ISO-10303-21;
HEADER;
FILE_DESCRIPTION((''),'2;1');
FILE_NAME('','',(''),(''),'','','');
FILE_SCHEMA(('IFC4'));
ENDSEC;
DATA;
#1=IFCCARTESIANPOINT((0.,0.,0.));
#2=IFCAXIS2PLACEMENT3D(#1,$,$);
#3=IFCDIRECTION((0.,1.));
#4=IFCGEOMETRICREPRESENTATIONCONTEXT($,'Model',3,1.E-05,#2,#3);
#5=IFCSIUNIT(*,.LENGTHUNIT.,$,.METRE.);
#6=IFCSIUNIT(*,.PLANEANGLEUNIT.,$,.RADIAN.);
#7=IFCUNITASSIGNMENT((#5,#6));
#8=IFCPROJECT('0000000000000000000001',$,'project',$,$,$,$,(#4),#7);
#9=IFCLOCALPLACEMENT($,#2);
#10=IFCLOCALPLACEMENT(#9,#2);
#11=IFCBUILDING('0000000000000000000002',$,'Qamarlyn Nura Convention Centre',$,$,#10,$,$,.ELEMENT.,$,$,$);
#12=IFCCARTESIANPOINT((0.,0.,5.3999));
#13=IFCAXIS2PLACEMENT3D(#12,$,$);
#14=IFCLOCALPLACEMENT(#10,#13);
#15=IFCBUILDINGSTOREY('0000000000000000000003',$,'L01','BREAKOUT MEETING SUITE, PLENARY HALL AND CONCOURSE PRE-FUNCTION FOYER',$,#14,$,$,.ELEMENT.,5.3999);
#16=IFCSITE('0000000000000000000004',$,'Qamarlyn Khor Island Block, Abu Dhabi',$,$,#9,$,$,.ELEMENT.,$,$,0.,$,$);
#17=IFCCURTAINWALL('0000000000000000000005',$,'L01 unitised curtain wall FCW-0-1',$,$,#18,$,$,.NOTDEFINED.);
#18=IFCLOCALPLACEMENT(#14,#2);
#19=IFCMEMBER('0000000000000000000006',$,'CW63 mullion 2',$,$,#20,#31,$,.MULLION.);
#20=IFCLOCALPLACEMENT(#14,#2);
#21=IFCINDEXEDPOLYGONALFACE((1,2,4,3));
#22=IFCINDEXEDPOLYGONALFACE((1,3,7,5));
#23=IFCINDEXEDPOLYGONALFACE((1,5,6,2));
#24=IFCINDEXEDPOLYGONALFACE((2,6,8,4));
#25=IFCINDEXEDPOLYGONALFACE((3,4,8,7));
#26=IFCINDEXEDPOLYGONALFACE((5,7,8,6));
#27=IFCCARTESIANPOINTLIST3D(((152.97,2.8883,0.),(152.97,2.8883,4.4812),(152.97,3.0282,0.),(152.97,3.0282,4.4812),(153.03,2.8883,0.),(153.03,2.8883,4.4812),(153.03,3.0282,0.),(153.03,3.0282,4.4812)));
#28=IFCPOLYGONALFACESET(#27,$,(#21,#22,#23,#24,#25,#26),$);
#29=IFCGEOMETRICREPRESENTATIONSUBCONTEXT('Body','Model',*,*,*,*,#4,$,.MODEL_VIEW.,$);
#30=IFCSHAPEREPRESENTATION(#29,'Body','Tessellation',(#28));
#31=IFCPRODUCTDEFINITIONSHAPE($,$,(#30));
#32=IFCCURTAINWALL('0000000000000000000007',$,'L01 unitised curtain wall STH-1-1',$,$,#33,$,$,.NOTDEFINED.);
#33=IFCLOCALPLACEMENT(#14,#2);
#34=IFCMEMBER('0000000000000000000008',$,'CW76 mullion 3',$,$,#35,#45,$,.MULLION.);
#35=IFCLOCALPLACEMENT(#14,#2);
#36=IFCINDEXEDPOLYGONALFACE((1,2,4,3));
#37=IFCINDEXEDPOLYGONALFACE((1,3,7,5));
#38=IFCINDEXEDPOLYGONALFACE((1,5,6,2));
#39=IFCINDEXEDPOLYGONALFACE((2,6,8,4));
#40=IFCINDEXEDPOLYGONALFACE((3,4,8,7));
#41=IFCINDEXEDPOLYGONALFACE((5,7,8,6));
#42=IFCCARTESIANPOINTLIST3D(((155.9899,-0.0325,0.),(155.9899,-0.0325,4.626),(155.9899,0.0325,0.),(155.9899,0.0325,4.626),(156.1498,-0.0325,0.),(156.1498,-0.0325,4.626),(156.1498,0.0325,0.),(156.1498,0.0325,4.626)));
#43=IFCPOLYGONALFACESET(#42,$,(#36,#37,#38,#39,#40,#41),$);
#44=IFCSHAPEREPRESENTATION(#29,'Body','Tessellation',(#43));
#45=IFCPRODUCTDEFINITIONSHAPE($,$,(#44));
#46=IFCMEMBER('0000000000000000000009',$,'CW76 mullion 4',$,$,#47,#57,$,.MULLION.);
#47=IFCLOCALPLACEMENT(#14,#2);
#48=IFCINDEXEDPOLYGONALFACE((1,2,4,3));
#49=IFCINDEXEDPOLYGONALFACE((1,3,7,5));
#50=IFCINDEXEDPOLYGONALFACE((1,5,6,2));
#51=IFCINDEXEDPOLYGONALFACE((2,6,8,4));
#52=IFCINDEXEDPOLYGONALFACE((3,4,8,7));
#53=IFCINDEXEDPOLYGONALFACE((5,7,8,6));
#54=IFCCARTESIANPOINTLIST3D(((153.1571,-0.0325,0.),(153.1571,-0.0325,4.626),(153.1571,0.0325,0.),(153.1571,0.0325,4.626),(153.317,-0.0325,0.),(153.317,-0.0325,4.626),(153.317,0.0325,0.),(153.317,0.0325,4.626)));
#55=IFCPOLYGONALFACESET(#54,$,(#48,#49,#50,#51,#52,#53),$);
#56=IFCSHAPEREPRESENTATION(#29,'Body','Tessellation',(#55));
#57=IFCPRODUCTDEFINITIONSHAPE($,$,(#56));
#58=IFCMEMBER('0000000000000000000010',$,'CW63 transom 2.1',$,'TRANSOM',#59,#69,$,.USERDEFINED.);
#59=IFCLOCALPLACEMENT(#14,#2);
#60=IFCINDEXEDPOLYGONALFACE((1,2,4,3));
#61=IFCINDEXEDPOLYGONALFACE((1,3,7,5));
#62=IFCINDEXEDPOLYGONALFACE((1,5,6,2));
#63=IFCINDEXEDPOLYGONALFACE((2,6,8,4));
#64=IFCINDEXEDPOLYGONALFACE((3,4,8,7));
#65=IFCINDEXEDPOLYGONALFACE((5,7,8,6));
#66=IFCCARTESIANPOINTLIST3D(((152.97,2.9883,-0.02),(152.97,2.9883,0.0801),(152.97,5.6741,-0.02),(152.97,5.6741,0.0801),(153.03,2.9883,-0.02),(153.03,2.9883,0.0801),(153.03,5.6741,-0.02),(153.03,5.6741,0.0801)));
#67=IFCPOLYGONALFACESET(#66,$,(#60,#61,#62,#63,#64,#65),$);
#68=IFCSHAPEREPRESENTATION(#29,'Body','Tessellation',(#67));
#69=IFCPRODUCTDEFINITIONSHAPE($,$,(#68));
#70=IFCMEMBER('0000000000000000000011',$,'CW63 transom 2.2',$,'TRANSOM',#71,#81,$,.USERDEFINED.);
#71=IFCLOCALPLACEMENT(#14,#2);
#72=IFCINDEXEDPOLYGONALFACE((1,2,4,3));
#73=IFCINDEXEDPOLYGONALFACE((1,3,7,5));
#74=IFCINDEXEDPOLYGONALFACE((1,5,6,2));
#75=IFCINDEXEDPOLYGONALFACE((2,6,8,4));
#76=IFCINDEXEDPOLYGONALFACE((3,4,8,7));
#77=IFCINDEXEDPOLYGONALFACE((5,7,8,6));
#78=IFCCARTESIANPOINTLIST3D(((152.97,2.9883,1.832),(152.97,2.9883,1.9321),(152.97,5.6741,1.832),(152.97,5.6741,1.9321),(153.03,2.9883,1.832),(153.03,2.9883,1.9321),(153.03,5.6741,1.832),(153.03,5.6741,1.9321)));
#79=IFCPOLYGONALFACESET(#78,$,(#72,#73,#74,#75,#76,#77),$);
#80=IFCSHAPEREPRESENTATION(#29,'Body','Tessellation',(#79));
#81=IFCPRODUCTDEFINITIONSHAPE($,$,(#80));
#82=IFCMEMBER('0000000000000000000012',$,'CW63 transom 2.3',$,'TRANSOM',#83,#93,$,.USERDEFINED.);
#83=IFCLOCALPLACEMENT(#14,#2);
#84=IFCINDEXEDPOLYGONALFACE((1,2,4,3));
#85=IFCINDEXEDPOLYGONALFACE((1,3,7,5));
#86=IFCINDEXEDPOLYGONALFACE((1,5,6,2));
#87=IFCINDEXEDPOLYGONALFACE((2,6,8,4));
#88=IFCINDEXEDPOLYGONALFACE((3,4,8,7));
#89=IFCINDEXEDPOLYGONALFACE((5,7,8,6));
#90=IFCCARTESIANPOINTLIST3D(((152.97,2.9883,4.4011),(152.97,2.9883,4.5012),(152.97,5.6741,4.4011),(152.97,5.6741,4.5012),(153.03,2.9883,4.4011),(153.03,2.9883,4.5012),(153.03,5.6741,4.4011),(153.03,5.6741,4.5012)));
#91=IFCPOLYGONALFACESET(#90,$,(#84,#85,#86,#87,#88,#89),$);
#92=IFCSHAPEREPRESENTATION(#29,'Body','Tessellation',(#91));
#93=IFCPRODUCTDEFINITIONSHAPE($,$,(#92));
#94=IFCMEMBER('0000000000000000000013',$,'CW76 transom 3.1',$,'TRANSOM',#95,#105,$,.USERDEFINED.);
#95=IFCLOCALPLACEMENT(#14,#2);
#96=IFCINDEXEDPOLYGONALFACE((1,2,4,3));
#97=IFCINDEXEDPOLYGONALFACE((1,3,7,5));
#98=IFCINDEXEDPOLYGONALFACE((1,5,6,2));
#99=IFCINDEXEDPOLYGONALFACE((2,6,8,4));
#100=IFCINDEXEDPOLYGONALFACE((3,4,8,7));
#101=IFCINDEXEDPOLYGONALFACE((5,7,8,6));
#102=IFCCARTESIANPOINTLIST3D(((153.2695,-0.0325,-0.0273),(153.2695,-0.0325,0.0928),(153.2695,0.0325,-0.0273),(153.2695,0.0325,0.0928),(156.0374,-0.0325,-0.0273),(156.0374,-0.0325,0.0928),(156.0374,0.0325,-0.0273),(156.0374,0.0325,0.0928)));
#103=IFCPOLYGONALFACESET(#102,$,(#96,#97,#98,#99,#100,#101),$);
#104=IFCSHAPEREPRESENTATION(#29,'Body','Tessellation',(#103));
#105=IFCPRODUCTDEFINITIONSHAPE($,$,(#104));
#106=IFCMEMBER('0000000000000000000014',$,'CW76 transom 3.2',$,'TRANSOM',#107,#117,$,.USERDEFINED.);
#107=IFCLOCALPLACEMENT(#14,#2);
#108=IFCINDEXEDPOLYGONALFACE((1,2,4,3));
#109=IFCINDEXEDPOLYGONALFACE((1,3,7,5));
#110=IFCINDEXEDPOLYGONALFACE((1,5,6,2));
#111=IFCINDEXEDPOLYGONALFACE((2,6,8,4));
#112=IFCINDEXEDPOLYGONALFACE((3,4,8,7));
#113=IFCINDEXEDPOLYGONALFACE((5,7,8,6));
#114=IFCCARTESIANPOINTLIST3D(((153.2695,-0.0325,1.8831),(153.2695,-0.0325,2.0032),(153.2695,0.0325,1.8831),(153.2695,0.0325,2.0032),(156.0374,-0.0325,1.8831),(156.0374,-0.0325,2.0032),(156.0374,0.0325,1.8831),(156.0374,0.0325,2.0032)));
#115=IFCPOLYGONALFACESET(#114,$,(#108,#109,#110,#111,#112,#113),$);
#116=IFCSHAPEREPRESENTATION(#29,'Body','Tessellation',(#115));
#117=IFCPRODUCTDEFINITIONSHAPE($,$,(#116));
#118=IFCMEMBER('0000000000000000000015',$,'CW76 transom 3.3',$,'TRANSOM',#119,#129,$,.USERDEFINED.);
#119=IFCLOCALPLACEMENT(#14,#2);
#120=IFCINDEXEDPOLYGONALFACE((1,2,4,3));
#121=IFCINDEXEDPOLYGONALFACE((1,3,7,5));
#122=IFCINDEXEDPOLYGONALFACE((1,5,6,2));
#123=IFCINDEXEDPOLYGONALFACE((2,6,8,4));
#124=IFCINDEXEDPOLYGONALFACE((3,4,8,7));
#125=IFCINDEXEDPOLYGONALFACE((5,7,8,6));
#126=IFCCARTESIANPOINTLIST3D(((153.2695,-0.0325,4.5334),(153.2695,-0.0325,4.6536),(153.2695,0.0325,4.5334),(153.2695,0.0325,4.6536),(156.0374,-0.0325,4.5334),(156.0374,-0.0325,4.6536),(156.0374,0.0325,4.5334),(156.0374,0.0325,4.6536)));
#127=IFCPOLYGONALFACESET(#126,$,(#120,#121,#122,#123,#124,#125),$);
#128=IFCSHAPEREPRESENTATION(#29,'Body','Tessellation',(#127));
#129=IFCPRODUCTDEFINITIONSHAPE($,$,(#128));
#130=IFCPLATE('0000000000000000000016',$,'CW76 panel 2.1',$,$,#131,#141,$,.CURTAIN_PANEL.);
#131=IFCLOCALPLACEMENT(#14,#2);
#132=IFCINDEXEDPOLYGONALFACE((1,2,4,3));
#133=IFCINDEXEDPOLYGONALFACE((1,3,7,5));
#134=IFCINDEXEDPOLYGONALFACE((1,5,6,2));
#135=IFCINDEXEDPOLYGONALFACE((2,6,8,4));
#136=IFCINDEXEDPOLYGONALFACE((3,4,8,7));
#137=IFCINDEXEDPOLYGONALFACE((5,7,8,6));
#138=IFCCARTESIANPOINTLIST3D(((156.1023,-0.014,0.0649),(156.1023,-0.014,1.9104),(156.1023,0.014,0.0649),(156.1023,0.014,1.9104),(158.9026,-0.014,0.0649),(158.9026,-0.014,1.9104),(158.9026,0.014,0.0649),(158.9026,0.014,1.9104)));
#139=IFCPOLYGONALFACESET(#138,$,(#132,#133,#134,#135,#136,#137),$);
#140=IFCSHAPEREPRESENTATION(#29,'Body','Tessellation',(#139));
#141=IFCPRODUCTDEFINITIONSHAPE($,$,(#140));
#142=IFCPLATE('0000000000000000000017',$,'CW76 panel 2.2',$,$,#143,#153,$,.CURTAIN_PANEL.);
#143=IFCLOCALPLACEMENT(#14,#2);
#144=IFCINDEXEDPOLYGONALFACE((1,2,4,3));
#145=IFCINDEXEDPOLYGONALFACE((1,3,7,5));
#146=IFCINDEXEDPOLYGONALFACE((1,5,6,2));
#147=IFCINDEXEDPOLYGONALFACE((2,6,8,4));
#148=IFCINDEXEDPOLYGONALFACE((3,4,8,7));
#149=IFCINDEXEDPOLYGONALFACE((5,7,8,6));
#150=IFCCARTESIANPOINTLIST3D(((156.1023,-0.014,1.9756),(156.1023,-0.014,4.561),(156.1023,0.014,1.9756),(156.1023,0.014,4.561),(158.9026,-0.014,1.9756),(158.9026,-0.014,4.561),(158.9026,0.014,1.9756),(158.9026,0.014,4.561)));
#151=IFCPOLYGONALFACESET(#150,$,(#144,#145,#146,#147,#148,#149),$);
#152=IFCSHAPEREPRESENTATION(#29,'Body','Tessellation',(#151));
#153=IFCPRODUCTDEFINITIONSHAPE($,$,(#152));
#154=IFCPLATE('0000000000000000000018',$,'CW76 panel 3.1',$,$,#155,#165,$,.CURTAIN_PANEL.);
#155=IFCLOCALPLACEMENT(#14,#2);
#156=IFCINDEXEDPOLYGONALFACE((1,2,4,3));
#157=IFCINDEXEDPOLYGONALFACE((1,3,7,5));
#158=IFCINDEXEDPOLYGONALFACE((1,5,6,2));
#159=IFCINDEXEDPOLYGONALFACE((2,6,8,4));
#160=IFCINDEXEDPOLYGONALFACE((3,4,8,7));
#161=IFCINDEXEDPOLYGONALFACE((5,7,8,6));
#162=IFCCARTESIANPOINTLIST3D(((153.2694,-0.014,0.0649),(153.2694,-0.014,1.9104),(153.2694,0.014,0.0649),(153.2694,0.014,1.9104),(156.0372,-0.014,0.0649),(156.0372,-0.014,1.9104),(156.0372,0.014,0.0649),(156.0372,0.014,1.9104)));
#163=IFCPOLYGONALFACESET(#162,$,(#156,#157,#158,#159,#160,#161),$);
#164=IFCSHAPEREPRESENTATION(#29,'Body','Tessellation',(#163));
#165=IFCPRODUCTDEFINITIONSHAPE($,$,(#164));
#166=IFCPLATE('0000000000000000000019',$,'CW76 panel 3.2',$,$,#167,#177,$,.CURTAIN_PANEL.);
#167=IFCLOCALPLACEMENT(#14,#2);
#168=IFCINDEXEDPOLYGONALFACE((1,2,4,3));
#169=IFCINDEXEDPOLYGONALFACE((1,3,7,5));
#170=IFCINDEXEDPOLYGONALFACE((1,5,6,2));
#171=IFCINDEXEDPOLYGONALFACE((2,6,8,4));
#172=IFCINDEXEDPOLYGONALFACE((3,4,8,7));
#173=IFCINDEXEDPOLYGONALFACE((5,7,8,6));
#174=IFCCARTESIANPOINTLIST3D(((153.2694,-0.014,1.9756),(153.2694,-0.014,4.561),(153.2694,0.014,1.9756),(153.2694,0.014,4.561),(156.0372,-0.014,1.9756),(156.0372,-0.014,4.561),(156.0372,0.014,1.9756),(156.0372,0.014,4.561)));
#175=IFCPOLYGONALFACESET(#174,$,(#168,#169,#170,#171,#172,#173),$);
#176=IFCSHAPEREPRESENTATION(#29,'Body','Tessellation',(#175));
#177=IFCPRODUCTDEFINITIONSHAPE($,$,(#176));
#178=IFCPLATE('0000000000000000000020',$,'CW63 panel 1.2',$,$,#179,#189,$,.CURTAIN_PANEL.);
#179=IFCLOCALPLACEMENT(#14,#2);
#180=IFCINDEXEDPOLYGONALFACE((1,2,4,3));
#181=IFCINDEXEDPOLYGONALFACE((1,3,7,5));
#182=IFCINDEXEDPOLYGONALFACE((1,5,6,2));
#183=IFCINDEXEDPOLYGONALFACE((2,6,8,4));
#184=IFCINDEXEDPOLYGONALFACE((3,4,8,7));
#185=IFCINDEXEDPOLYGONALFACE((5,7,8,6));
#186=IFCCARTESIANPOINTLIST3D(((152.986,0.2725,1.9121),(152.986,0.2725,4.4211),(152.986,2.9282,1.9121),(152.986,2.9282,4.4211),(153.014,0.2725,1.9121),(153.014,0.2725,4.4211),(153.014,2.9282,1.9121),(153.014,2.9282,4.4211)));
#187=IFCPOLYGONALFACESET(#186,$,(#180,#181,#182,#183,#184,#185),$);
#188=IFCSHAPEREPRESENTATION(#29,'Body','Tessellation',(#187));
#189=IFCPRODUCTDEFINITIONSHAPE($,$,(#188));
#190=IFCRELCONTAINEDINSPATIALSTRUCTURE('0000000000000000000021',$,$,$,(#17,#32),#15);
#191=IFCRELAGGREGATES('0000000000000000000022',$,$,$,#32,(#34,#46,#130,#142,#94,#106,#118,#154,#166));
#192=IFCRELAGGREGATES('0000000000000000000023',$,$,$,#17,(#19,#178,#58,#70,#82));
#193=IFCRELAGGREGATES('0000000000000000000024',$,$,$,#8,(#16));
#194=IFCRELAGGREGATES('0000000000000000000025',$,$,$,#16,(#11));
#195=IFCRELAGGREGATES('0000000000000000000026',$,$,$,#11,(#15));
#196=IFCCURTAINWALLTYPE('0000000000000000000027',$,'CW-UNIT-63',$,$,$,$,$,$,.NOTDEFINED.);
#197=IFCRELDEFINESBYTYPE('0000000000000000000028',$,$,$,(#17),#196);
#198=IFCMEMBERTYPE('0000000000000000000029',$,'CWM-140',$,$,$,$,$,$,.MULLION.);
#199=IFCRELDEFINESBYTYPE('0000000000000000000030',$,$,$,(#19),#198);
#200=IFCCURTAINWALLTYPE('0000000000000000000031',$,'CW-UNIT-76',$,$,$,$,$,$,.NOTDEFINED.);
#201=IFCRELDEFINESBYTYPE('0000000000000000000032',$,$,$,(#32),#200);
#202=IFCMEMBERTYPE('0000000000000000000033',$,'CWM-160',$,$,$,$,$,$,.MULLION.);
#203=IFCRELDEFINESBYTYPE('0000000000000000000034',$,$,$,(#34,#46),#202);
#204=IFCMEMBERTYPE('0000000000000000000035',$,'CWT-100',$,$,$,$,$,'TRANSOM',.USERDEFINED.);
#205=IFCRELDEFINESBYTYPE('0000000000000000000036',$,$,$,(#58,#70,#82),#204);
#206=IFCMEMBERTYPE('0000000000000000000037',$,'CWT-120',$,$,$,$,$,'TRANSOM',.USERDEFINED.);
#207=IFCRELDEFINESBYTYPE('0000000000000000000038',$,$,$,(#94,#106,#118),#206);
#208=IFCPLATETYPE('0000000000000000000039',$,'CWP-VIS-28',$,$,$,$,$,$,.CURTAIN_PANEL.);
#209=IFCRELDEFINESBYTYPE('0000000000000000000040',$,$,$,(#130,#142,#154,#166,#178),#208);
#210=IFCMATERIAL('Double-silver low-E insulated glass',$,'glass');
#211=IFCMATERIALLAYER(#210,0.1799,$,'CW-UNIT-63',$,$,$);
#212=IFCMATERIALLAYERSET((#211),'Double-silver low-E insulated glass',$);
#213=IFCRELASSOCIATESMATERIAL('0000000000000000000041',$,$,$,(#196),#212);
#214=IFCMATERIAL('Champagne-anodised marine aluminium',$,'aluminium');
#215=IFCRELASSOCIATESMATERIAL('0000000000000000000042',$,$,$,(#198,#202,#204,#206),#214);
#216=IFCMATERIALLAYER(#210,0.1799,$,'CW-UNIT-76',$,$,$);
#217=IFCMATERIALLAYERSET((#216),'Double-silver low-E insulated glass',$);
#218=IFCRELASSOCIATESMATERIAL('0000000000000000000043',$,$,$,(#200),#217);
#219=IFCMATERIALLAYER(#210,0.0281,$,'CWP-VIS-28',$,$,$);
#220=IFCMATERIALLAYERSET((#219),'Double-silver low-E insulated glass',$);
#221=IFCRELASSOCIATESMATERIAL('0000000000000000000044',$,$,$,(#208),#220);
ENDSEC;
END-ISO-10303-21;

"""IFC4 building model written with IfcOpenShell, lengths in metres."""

from ifc_helpers import new_model, si_unit, direction, frame, origin, origin_2d, place, context, subcontext, project, spatial, rectangle, extrude, material, layer, layer_set, material_profile, profile_set, type_object, element, aggregate, save


model = new_model("IFC4")

# Units and contexts
model_context = context("Model", 3, precision=1e-05, world=origin(), true_north=direction((0.0, 1.0)))
body_context = subcontext(model_context, "Body", "Model", "MODEL_VIEW")
ifc_project = project(units=[si_unit("LENGTHUNIT", "METRE"), si_unit("PLANEANGLEUNIT", "RADIAN")], contexts=[model_context])

# Site, building, storey
site_placement = place(None, origin())
site = spatial("IfcSite", under=ifc_project, at=site_placement, Name="Qamarlyn Khor Island Block, Abu Dhabi", CompositionType="ELEMENT", RefElevation=0.0)
building_placement = place(site_placement, origin())
building = spatial("IfcBuilding", under=site, at=building_placement, Name="Qamarlyn Nura Convention Centre", CompositionType="ELEMENT")
storey_placement = place(building_placement, frame((0.0, 0.0, 5.3999)))
storey = spatial("IfcBuildingStorey", under=building, at=storey_placement, Name="L01", Description="BREAKOUT MEETING SUITE, PLENARY HALL AND CONCOURSE PRE-FUNCTION FOYER", CompositionType="ELEMENT", Elevation=5.3999)

# Curtain wall, member
ifc_material_1 = material(Name="Double-silver low-E insulated glass", Category="glass")
ifc_layer_1 = layer(ifc_material_1, 0.1799, Name="CW-UNIT-63")
ifc_layer_set_1 = layer_set([ifc_layer_1], Name="Double-silver low-E insulated glass")
curtain_wall_type_1 = type_object("IfcCurtainWallType", Name="CW-UNIT-63", PredefinedType="NOTDEFINED", material=ifc_layer_set_1)
curtain_wall_1_placement = place(storey_placement, origin())
curtain_wall_1 = element("IfcCurtainWall", 1, at=curtain_wall_1_placement, inside=storey, type_object=curtain_wall_type_1, Name="L01 unitised curtain wall FCW-0-1", PredefinedType="NOTDEFINED")
ifc_material_2 = material(Name="Champagne-anodised marine aluminium", Category="aluminium")
ifc_material_profile_1 = material_profile(ifc_material_2, rectangle(XDim=0.0601, YDim=0.1399, at=origin_2d()), Name="ALU MULLION 60x140")
ifc_profile_set_1 = profile_set([ifc_material_profile_1], Name="Champagne-anodised marine aluminium")
member_type_1 = type_object("IfcMemberType", Name="CWM-140", PredefinedType="MULLION", material=ifc_profile_set_1)
member_1_placement = place(storey_placement, frame((153.0, 2.9583, 0.0), z_axis=(0.0, 0.0, 1.0), x_axis=(-1.0, 0.0, 0.0)))
member_1 = element("IfcMember", 2, at=member_1_placement, type_object=member_type_1, Name="CW63 mullion 2", PredefinedType="MULLION", context=body_context, shape_type="SweptSolid", body=[
    extrude(rectangle(XDim=0.0601, YDim=0.1399, at=origin_2d()), origin(), (0.0, 0.0, 1.0), 4.4812),
])

# Curtain wall, members
ifc_layer_2 = layer(ifc_material_1, 0.1799, Name="CW-UNIT-76")
ifc_layer_set_2 = layer_set([ifc_layer_2], Name="Double-silver low-E insulated glass")
curtain_wall_type_2 = type_object("IfcCurtainWallType", Name="CW-UNIT-76", PredefinedType="NOTDEFINED", material=ifc_layer_set_2)
curtain_wall_2_placement = place(storey_placement, origin())
curtain_wall_2 = element("IfcCurtainWall", 3, at=curtain_wall_2_placement, inside=storey, type_object=curtain_wall_type_2, Name="L01 unitised curtain wall STH-1-1", PredefinedType="NOTDEFINED")
ifc_material_profile_2 = material_profile(ifc_material_2, rectangle(XDim=0.0649, YDim=0.1599, at=origin_2d()), Name="ALU MULLION 65x160")
ifc_profile_set_2 = profile_set([ifc_material_profile_2], Name="Champagne-anodised marine aluminium")
member_type_2 = type_object("IfcMemberType", Name="CWM-160", PredefinedType="MULLION", material=ifc_profile_set_2)
member_2_placement = place(storey_placement, frame((156.0698, 0.0, 0.0), z_axis=(0.0, 0.0, 1.0), x_axis=(0.0, -1.0, 0.0)))
member_2 = element("IfcMember", 4, at=member_2_placement, type_object=member_type_2, Name="CW76 mullion 3", PredefinedType="MULLION", context=body_context, shape_type="SweptSolid", body=[
    extrude(rectangle(XDim=0.0649, YDim=0.1599, at=origin_2d()), origin(), (0.0, 0.0, 1.0), 4.626),
])
member_3_placement = place(storey_placement, frame((153.2371, 0.0, 0.0), z_axis=(0.0, 0.0, 1.0), x_axis=(0.0, -1.0, 0.0)))
member_3 = element("IfcMember", 5, at=member_3_placement, type_object=member_type_2, Name="CW76 mullion 4", PredefinedType="MULLION", context=body_context, shape_type="SweptSolid", body=[
    extrude(rectangle(XDim=0.0649, YDim=0.1599, at=origin_2d()), origin(), (0.0, 0.0, 1.0), 4.626),
])

# Members
ifc_material_profile_3 = material_profile(ifc_material_2, rectangle(XDim=0.0601, YDim=0.1001, at=origin_2d()), Name="ALU TRANSOM 60x100")
ifc_profile_set_3 = profile_set([ifc_material_profile_3], Name="Champagne-anodised marine aluminium")
member_type_3 = type_object("IfcMemberType", Name="CWT-100", ElementType="TRANSOM", PredefinedType="USERDEFINED", material=ifc_profile_set_3)
member_4_placement = place(storey_placement, frame((153.0, 2.9883, 0.03), z_axis=(0.0, 1.0, 0.0), x_axis=(-1.0, 0.0, 0.0)))
member_4 = element("IfcMember", 6, at=member_4_placement, type_object=member_type_3, Name="CW63 transom 2.1", ObjectType="TRANSOM", PredefinedType="USERDEFINED", context=body_context, shape_type="SweptSolid", body=[
    extrude(rectangle(XDim=0.0601, YDim=0.1001, at=origin_2d()), origin(), (0.0, 0.0, 1.0), 2.6858),
])
member_5_placement = place(storey_placement, frame((153.0, 2.9883, 1.8821), z_axis=(0.0, 1.0, 0.0), x_axis=(-1.0, 0.0, 0.0)))
member_5 = element("IfcMember", 7, at=member_5_placement, type_object=member_type_3, Name="CW63 transom 2.2", ObjectType="TRANSOM", PredefinedType="USERDEFINED", context=body_context, shape_type="SweptSolid", body=[
    extrude(rectangle(XDim=0.0601, YDim=0.1001, at=origin_2d()), origin(), (0.0, 0.0, 1.0), 2.6858),
])
member_6_placement = place(storey_placement, frame((153.0, 2.9883, 4.4512), z_axis=(0.0, 1.0, 0.0), x_axis=(-1.0, 0.0, 0.0)))
member_6 = element("IfcMember", 8, at=member_6_placement, type_object=member_type_3, Name="CW63 transom 2.3", ObjectType="TRANSOM", PredefinedType="USERDEFINED", context=body_context, shape_type="SweptSolid", body=[
    extrude(rectangle(XDim=0.0601, YDim=0.1001, at=origin_2d()), origin(), (0.0, 0.0, 1.0), 2.6858),
])
ifc_material_profile_4 = material_profile(ifc_material_2, rectangle(XDim=0.0649, YDim=0.1201, at=origin_2d()), Name="ALU TRANSOM 65x120")
ifc_profile_set_4 = profile_set([ifc_material_profile_4], Name="Champagne-anodised marine aluminium")
member_type_4 = type_object("IfcMemberType", Name="CWT-120", ElementType="TRANSOM", PredefinedType="USERDEFINED", material=ifc_profile_set_4)
member_7_placement = place(storey_placement, frame((156.0374, 0.0, 0.0327), z_axis=(-1.0, 0.0, 0.0), x_axis=(0.0, -1.0, 0.0)))
member_7 = element("IfcMember", 9, at=member_7_placement, type_object=member_type_4, Name="CW76 transom 3.1", ObjectType="TRANSOM", PredefinedType="USERDEFINED", context=body_context, shape_type="SweptSolid", body=[
    extrude(rectangle(XDim=0.0649, YDim=0.1201, at=origin_2d()), origin(), (0.0, 0.0, 1.0), 2.7678),
])
member_8_placement = place(storey_placement, frame((156.0374, 0.0, 1.9431), z_axis=(-1.0, 0.0, 0.0), x_axis=(0.0, -1.0, 0.0)))
member_8 = element("IfcMember", 10, at=member_8_placement, type_object=member_type_4, Name="CW76 transom 3.2", ObjectType="TRANSOM", PredefinedType="USERDEFINED", context=body_context, shape_type="SweptSolid", body=[
    extrude(rectangle(XDim=0.0649, YDim=0.1201, at=origin_2d()), origin(), (0.0, 0.0, 1.0), 2.7678),
])
member_9_placement = place(storey_placement, frame((156.0374, 0.0, 4.5935), z_axis=(-1.0, 0.0, 0.0), x_axis=(0.0, -1.0, 0.0)))
member_9 = element("IfcMember", 11, at=member_9_placement, type_object=member_type_4, Name="CW76 transom 3.3", ObjectType="TRANSOM", PredefinedType="USERDEFINED", context=body_context, shape_type="SweptSolid", body=[
    extrude(rectangle(XDim=0.0649, YDim=0.1201, at=origin_2d()), origin(), (0.0, 0.0, 1.0), 2.7678),
])

# Plates
ifc_layer_3 = layer(ifc_material_1, 0.0281, Name="CWP-VIS-28")
ifc_layer_set_3 = layer_set([ifc_layer_3], Name="Double-silver low-E insulated glass")
plate_type = type_object("IfcPlateType", Name="CWP-VIS-28", PredefinedType="CURTAIN_PANEL", material=ifc_layer_set_3)
plate_1_placement = place(storey_placement, frame((157.5024, 0.0, 0.0649), z_axis=(0.0, 0.0, 1.0), x_axis=(-1.0, 0.0, 0.0)))
plate_1 = element("IfcPlate", 12, at=plate_1_placement, type_object=plate_type, Name="CW76 panel 2.1", PredefinedType="CURTAIN_PANEL", context=body_context, shape_type="SweptSolid", body=[
    extrude(rectangle(XDim=2.8003, YDim=0.0281, at=origin_2d()), origin(), (0.0, 0.0, 1.0), 1.8455),
])
plate_2_placement = place(storey_placement, frame((157.5024, 0.0, 1.9756), z_axis=(0.0, 0.0, 1.0), x_axis=(-1.0, 0.0, 0.0)))
plate_2 = element("IfcPlate", 13, at=plate_2_placement, type_object=plate_type, Name="CW76 panel 2.2", PredefinedType="CURTAIN_PANEL", context=body_context, shape_type="SweptSolid", body=[
    extrude(rectangle(XDim=2.8003, YDim=0.0281, at=origin_2d()), origin(), (0.0, 0.0, 1.0), 2.5854),
])
plate_3_placement = place(storey_placement, frame((154.6533, 0.0, 0.0649), z_axis=(0.0, 0.0, 1.0), x_axis=(-1.0, 0.0, 0.0)))
plate_3 = element("IfcPlate", 14, at=plate_3_placement, type_object=plate_type, Name="CW76 panel 3.1", PredefinedType="CURTAIN_PANEL", context=body_context, shape_type="SweptSolid", body=[
    extrude(rectangle(XDim=2.7678, YDim=0.0281, at=origin_2d()), origin(), (0.0, 0.0, 1.0), 1.8455),
])
plate_4_placement = place(storey_placement, frame((154.6533, 0.0, 1.9756), z_axis=(0.0, 0.0, 1.0), x_axis=(-1.0, 0.0, 0.0)))
plate_4 = element("IfcPlate", 15, at=plate_4_placement, type_object=plate_type, Name="CW76 panel 3.2", PredefinedType="CURTAIN_PANEL", context=body_context, shape_type="SweptSolid", body=[
    extrude(rectangle(XDim=2.7678, YDim=0.0281, at=origin_2d()), origin(), (0.0, 0.0, 1.0), 2.5854),
])
aggregate(curtain_wall_2, [member_2, member_3, plate_1, plate_2, member_7, member_8, member_9, plate_3, plate_4])
plate_5_placement = place(storey_placement, frame((153.0, 1.6003, 1.9121), z_axis=(0.0, 0.0, 1.0), x_axis=(0.0, 1.0, 0.0)))
plate_5 = element("IfcPlate", 16, at=plate_5_placement, type_object=plate_type, Name="CW63 panel 1.2", PredefinedType="CURTAIN_PANEL", context=body_context, shape_type="SweptSolid", body=[
    extrude(rectangle(XDim=2.6558, YDim=0.0281, at=origin_2d()), origin(), (0.0, 0.0, 1.0), 2.509),
])
aggregate(curtain_wall_1, [member_1, plate_5, member_4, member_5, member_6])

save(model, "model.ifc")
